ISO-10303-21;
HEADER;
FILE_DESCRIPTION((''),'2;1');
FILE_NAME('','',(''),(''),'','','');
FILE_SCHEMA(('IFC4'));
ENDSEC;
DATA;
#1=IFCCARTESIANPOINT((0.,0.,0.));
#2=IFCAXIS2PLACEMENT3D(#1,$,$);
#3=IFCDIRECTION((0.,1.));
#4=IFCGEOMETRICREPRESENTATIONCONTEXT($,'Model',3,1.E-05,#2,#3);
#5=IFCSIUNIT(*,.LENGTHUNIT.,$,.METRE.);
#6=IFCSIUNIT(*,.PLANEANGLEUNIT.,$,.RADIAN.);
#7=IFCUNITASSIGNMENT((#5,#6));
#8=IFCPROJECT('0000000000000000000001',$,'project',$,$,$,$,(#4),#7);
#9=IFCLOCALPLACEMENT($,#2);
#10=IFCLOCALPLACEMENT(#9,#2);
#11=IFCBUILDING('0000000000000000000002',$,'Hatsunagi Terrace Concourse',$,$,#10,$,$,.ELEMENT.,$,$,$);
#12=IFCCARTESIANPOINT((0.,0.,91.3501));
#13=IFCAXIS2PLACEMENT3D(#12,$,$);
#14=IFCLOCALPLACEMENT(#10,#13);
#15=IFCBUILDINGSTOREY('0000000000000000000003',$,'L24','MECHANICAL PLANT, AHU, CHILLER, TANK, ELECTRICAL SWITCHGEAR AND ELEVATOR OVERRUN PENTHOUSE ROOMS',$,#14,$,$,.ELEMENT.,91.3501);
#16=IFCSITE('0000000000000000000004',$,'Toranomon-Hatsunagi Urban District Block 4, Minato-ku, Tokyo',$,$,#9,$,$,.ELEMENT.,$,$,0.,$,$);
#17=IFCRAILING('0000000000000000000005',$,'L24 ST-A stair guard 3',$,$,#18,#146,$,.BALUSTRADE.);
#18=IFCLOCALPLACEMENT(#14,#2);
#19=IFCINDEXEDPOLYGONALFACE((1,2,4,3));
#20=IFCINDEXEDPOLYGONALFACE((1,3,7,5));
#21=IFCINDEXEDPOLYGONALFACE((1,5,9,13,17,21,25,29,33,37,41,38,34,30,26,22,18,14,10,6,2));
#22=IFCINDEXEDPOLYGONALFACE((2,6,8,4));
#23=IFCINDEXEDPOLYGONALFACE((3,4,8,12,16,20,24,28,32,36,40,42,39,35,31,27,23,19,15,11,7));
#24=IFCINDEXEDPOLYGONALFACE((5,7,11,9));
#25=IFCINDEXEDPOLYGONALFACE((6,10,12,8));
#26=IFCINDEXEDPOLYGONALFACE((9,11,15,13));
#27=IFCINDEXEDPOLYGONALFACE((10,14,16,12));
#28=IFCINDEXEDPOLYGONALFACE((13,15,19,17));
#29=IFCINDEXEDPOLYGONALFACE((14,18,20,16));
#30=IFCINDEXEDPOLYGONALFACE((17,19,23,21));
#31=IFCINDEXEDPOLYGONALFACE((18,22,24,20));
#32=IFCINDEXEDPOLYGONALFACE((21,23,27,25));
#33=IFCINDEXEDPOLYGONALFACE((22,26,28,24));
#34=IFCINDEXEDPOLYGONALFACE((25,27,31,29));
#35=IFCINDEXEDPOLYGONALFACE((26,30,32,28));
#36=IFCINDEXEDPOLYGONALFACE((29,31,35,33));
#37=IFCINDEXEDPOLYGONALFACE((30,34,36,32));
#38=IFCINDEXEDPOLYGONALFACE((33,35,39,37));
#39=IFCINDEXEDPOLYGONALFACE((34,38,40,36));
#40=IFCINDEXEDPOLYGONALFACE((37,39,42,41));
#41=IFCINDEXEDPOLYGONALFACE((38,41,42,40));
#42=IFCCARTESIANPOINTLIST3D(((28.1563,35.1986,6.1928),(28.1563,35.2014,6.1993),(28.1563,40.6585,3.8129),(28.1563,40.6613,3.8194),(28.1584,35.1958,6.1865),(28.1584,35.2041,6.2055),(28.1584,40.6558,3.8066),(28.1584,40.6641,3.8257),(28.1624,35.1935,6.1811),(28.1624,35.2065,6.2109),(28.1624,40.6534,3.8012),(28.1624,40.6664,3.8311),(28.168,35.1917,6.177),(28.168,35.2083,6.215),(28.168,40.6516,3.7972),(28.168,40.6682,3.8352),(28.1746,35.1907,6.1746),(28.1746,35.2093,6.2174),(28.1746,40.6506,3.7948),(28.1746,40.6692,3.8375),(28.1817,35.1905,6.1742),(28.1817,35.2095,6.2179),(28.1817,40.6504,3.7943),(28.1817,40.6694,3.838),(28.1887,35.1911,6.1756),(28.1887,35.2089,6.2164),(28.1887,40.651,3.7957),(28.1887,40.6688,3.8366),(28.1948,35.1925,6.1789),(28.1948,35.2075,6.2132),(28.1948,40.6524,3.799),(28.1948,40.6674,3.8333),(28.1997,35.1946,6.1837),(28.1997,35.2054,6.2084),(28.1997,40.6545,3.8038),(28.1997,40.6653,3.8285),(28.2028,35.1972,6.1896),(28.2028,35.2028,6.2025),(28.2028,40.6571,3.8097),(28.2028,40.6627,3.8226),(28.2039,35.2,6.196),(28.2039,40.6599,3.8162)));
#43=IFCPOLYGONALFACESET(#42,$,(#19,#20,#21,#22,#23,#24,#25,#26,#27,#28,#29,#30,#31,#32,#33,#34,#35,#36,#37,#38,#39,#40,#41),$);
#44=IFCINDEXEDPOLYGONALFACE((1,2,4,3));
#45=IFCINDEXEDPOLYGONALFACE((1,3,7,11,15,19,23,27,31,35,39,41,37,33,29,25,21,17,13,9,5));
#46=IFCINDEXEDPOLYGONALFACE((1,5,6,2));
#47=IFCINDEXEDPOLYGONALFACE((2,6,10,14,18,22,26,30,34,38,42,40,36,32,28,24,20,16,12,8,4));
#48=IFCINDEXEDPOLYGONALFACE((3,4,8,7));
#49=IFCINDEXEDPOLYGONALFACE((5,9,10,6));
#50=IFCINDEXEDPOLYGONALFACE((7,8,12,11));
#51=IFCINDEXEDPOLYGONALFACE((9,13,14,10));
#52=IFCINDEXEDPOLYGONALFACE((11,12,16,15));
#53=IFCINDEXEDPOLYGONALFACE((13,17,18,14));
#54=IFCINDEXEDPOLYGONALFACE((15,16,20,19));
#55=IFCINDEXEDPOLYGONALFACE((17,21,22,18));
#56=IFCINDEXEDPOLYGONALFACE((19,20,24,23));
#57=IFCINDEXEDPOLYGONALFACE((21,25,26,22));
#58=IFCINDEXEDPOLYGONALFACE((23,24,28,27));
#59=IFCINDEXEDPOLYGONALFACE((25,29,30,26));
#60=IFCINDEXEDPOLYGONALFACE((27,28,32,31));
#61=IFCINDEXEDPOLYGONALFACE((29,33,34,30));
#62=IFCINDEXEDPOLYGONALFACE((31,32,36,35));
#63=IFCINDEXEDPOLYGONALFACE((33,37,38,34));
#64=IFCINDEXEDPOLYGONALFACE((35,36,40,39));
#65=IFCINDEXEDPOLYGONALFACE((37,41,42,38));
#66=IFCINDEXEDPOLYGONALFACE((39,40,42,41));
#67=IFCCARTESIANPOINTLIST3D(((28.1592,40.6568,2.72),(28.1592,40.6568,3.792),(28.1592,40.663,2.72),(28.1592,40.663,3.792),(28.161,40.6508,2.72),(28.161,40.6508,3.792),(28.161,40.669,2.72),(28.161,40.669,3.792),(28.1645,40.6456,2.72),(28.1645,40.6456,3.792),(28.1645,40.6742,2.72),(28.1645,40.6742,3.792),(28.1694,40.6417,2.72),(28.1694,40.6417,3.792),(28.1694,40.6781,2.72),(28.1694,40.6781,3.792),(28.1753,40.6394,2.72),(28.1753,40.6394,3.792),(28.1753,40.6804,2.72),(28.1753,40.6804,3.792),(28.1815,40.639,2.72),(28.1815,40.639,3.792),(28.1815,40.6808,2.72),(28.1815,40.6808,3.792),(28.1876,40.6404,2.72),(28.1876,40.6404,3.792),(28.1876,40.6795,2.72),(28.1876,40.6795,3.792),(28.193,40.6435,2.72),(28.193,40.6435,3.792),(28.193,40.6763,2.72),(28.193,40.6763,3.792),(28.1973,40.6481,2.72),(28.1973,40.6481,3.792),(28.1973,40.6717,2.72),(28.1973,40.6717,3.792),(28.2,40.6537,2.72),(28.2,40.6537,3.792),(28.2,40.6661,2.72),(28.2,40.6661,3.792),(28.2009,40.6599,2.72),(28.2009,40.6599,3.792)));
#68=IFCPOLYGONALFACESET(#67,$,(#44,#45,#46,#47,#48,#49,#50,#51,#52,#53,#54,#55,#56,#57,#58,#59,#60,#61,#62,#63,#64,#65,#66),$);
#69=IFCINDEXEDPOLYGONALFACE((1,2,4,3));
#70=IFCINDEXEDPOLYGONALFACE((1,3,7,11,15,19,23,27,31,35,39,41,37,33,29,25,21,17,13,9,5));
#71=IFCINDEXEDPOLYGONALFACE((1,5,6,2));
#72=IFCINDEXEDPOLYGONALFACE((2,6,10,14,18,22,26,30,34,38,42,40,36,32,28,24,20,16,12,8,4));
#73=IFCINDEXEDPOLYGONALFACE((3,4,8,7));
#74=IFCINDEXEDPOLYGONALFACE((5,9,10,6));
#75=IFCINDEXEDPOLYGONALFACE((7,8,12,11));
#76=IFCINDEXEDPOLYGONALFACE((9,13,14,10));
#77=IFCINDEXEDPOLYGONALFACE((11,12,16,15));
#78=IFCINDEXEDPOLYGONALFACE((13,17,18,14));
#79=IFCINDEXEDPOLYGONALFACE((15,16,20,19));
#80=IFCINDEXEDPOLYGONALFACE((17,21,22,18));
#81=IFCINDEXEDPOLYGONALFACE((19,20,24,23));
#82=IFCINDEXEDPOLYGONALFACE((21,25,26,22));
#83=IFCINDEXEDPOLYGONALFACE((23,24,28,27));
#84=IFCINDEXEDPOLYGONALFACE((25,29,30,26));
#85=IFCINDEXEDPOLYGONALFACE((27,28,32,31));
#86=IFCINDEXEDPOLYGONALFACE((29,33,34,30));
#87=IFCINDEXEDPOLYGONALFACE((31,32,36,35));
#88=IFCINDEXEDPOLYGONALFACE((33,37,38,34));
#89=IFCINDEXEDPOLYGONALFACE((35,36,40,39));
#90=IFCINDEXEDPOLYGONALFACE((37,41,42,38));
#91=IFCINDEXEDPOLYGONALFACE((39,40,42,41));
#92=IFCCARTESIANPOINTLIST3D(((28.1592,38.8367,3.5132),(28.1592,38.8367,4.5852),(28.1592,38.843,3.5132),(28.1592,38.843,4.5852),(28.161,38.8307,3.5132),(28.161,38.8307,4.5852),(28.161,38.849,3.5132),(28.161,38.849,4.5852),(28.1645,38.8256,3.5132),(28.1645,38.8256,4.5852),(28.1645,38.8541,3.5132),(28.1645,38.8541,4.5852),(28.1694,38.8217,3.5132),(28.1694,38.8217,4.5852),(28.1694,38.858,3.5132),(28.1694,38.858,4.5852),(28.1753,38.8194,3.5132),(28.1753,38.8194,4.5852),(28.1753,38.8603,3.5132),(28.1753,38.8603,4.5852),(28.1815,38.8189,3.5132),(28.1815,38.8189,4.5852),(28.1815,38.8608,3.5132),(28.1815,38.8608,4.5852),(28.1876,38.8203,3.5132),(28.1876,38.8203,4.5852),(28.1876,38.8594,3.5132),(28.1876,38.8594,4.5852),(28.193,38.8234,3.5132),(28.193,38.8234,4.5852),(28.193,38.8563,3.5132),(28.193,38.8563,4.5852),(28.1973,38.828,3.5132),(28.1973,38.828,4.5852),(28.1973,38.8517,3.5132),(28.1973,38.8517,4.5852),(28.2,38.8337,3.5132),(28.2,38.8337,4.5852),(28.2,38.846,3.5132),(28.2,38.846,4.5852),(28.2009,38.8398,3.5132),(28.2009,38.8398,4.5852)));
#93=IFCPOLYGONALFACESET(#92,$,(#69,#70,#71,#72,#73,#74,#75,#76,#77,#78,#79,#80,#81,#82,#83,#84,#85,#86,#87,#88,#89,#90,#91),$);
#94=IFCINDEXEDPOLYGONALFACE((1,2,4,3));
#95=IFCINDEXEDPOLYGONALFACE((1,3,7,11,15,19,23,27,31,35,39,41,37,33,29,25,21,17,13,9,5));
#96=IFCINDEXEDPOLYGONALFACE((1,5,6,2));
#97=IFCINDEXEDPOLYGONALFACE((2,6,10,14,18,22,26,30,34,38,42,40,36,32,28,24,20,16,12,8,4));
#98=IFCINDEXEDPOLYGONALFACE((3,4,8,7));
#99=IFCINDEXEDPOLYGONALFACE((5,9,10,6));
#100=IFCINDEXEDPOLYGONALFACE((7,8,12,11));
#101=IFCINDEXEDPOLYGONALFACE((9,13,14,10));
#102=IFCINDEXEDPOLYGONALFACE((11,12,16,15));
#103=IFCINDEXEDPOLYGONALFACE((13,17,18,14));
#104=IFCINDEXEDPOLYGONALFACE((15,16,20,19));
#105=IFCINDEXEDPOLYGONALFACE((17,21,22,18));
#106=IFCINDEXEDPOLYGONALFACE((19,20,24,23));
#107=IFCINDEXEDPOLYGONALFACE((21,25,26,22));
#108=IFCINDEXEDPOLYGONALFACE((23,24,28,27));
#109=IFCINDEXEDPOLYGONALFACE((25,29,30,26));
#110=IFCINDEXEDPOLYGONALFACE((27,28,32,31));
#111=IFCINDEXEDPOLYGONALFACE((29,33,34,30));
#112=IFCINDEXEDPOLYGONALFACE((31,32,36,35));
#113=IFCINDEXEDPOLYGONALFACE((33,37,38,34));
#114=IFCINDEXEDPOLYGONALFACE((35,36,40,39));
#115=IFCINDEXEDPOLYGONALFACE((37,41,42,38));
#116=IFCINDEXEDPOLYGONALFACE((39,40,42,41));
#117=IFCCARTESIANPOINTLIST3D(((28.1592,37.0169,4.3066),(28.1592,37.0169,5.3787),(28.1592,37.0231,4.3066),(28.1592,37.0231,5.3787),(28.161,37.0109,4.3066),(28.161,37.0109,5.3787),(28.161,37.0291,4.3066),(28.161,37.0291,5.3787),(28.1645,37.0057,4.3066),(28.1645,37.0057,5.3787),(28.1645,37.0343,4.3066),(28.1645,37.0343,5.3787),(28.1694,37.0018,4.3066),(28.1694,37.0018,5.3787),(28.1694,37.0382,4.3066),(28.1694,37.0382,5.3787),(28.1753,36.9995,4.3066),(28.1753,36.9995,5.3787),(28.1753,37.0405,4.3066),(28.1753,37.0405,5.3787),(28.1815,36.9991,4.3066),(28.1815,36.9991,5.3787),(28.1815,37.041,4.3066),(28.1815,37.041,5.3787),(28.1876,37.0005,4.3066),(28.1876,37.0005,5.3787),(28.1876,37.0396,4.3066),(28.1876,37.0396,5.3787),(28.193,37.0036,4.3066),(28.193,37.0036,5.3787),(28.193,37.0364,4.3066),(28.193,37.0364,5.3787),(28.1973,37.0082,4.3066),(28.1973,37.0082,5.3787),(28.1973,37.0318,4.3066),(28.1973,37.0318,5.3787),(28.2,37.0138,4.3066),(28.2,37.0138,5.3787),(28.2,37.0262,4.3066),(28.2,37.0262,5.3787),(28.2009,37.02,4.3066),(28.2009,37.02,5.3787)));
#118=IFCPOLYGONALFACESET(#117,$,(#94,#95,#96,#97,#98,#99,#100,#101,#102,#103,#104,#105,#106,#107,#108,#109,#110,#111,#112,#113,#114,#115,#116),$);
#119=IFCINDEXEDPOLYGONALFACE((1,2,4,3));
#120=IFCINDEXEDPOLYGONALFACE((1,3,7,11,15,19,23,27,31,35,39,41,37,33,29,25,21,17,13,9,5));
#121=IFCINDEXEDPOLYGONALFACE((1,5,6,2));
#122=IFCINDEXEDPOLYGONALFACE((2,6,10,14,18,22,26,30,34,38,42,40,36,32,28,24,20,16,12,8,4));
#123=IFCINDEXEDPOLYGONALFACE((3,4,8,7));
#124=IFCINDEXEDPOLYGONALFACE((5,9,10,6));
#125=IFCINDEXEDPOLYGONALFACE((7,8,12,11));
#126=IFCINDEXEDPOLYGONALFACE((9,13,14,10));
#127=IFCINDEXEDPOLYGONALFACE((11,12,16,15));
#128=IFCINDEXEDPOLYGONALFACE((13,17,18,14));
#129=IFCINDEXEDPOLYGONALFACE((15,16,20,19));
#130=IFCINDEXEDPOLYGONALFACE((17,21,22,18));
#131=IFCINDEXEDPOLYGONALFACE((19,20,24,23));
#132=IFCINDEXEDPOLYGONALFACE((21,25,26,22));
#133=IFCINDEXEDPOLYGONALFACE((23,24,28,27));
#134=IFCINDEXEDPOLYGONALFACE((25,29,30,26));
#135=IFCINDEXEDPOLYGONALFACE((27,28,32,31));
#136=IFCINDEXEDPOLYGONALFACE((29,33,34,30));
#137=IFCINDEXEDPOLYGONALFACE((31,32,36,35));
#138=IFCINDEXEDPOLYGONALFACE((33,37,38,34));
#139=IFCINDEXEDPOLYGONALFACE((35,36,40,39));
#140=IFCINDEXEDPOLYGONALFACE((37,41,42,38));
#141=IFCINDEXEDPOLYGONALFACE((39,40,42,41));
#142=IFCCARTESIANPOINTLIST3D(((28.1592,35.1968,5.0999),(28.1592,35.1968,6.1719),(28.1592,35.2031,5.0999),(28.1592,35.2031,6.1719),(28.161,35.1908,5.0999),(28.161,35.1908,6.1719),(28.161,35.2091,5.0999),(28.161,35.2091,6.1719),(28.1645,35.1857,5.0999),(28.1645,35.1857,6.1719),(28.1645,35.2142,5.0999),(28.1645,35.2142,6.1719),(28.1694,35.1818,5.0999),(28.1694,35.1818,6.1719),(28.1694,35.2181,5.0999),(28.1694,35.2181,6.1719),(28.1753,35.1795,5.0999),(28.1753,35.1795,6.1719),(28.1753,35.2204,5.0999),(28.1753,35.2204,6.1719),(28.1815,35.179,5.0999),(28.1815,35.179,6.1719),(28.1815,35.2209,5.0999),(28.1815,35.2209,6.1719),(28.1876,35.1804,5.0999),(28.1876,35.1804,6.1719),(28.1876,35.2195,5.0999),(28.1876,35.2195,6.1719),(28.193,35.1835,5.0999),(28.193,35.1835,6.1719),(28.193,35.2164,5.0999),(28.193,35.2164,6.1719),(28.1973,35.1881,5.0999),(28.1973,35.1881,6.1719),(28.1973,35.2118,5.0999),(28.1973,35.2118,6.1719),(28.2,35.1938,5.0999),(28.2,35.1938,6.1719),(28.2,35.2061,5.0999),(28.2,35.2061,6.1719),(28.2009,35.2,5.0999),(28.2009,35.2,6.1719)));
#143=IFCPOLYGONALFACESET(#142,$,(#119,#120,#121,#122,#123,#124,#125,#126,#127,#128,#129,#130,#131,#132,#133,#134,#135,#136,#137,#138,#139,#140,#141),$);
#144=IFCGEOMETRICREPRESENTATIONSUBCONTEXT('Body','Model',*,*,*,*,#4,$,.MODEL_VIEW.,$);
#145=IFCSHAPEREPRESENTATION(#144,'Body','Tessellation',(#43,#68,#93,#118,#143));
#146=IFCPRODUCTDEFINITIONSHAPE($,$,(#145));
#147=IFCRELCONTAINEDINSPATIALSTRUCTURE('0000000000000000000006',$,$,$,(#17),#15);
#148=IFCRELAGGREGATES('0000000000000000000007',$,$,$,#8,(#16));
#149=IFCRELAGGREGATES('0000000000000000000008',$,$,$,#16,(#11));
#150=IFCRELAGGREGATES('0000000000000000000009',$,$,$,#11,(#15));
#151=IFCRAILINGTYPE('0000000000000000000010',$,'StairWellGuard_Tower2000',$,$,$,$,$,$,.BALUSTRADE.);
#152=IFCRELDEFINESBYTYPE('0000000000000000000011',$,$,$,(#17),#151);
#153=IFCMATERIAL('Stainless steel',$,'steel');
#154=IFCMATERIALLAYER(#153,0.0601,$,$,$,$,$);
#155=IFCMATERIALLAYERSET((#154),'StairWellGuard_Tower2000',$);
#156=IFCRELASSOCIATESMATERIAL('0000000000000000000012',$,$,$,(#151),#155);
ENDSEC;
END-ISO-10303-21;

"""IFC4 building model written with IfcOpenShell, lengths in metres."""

from ifc_helpers import new_model, si_unit, direction, frame, origin, origin_2d, place, context, subcontext, project, spatial, circle, extrude, material, layer, layer_set, type_object, element, save


model = new_model("IFC4")

# Units and contexts
model_context = context("Model", 3, precision=1e-05, world=origin(), true_north=direction((0.0, 1.0)))
body_context = subcontext(model_context, "Body", "Model", "MODEL_VIEW")
ifc_project = project(units=[si_unit("LENGTHUNIT", "METRE"), si_unit("PLANEANGLEUNIT", "RADIAN")], contexts=[model_context])

# Site, building, storey
site_placement = place(None, origin())
site = spatial("IfcSite", under=ifc_project, at=site_placement, Name="Toranomon-Hatsunagi Urban District Block 4, Minato-ku, Tokyo", CompositionType="ELEMENT", RefElevation=0.0)
building_placement = place(site_placement, origin())
building = spatial("IfcBuilding", under=site, at=building_placement, Name="Hatsunagi Terrace Concourse", CompositionType="ELEMENT")
storey_placement = place(building_placement, frame((0.0, 0.0, 91.3501)))
storey = spatial("IfcBuildingStorey", under=building, at=storey_placement, Name="L24", Description="MECHANICAL PLANT, AHU, CHILLER, TANK, ELECTRICAL SWITCHGEAR AND ELEVATOR OVERRUN PENTHOUSE ROOMS", CompositionType="ELEMENT", Elevation=91.3501)

# Railing
ifc_material_1 = material(Name="Stainless steel", Category="steel")
ifc_layer_1 = layer(ifc_material_1, 0.0601)
ifc_layer_set_1 = layer_set([ifc_layer_1], Name="StairWellGuard_Tower2000")
railing_type_1 = type_object("IfcRailingType", Name="StairWellGuard_Tower2000", PredefinedType="BALUSTRADE", material=ifc_layer_set_1)
railing_1_placement = place(storey_placement, frame((28.1799, 40.6599, 2.72)))
element("IfcRailing", 1, at=railing_1_placement, inside=storey, type_object=railing_type_1, Name="L24 ST-A stair guard 3", PredefinedType="BALUSTRADE", context=body_context, shape_type="SweptSolid", body=[
    extrude(circle(Radius=0.0239, at=origin_2d()), frame((0.0, 0.0, 1.0962), z_axis=(0.0, -0.916702, 0.399571), x_axis=(1.0, 0.0, 0.0)), (0.0, 0.0, 1.0), 5.9561),
    extrude(circle(Radius=0.021, at=origin_2d()), origin(), (0.0, 0.0, 1.0), 1.072),
    extrude(circle(Radius=0.021, at=origin_2d()), frame((0.0, -1.8201, 0.7932)), (0.0, 0.0, 1.0), 1.072),
    extrude(circle(Radius=0.021, at=origin_2d()), frame((0.0, -3.6399, 1.5867)), (0.0, 0.0, 1.0), 1.072),
    extrude(circle(Radius=0.021, at=origin_2d()), frame((0.0, -5.46, 2.3799)), (0.0, 0.0, 1.0), 1.072),
])

save(model, "model.ifc")
